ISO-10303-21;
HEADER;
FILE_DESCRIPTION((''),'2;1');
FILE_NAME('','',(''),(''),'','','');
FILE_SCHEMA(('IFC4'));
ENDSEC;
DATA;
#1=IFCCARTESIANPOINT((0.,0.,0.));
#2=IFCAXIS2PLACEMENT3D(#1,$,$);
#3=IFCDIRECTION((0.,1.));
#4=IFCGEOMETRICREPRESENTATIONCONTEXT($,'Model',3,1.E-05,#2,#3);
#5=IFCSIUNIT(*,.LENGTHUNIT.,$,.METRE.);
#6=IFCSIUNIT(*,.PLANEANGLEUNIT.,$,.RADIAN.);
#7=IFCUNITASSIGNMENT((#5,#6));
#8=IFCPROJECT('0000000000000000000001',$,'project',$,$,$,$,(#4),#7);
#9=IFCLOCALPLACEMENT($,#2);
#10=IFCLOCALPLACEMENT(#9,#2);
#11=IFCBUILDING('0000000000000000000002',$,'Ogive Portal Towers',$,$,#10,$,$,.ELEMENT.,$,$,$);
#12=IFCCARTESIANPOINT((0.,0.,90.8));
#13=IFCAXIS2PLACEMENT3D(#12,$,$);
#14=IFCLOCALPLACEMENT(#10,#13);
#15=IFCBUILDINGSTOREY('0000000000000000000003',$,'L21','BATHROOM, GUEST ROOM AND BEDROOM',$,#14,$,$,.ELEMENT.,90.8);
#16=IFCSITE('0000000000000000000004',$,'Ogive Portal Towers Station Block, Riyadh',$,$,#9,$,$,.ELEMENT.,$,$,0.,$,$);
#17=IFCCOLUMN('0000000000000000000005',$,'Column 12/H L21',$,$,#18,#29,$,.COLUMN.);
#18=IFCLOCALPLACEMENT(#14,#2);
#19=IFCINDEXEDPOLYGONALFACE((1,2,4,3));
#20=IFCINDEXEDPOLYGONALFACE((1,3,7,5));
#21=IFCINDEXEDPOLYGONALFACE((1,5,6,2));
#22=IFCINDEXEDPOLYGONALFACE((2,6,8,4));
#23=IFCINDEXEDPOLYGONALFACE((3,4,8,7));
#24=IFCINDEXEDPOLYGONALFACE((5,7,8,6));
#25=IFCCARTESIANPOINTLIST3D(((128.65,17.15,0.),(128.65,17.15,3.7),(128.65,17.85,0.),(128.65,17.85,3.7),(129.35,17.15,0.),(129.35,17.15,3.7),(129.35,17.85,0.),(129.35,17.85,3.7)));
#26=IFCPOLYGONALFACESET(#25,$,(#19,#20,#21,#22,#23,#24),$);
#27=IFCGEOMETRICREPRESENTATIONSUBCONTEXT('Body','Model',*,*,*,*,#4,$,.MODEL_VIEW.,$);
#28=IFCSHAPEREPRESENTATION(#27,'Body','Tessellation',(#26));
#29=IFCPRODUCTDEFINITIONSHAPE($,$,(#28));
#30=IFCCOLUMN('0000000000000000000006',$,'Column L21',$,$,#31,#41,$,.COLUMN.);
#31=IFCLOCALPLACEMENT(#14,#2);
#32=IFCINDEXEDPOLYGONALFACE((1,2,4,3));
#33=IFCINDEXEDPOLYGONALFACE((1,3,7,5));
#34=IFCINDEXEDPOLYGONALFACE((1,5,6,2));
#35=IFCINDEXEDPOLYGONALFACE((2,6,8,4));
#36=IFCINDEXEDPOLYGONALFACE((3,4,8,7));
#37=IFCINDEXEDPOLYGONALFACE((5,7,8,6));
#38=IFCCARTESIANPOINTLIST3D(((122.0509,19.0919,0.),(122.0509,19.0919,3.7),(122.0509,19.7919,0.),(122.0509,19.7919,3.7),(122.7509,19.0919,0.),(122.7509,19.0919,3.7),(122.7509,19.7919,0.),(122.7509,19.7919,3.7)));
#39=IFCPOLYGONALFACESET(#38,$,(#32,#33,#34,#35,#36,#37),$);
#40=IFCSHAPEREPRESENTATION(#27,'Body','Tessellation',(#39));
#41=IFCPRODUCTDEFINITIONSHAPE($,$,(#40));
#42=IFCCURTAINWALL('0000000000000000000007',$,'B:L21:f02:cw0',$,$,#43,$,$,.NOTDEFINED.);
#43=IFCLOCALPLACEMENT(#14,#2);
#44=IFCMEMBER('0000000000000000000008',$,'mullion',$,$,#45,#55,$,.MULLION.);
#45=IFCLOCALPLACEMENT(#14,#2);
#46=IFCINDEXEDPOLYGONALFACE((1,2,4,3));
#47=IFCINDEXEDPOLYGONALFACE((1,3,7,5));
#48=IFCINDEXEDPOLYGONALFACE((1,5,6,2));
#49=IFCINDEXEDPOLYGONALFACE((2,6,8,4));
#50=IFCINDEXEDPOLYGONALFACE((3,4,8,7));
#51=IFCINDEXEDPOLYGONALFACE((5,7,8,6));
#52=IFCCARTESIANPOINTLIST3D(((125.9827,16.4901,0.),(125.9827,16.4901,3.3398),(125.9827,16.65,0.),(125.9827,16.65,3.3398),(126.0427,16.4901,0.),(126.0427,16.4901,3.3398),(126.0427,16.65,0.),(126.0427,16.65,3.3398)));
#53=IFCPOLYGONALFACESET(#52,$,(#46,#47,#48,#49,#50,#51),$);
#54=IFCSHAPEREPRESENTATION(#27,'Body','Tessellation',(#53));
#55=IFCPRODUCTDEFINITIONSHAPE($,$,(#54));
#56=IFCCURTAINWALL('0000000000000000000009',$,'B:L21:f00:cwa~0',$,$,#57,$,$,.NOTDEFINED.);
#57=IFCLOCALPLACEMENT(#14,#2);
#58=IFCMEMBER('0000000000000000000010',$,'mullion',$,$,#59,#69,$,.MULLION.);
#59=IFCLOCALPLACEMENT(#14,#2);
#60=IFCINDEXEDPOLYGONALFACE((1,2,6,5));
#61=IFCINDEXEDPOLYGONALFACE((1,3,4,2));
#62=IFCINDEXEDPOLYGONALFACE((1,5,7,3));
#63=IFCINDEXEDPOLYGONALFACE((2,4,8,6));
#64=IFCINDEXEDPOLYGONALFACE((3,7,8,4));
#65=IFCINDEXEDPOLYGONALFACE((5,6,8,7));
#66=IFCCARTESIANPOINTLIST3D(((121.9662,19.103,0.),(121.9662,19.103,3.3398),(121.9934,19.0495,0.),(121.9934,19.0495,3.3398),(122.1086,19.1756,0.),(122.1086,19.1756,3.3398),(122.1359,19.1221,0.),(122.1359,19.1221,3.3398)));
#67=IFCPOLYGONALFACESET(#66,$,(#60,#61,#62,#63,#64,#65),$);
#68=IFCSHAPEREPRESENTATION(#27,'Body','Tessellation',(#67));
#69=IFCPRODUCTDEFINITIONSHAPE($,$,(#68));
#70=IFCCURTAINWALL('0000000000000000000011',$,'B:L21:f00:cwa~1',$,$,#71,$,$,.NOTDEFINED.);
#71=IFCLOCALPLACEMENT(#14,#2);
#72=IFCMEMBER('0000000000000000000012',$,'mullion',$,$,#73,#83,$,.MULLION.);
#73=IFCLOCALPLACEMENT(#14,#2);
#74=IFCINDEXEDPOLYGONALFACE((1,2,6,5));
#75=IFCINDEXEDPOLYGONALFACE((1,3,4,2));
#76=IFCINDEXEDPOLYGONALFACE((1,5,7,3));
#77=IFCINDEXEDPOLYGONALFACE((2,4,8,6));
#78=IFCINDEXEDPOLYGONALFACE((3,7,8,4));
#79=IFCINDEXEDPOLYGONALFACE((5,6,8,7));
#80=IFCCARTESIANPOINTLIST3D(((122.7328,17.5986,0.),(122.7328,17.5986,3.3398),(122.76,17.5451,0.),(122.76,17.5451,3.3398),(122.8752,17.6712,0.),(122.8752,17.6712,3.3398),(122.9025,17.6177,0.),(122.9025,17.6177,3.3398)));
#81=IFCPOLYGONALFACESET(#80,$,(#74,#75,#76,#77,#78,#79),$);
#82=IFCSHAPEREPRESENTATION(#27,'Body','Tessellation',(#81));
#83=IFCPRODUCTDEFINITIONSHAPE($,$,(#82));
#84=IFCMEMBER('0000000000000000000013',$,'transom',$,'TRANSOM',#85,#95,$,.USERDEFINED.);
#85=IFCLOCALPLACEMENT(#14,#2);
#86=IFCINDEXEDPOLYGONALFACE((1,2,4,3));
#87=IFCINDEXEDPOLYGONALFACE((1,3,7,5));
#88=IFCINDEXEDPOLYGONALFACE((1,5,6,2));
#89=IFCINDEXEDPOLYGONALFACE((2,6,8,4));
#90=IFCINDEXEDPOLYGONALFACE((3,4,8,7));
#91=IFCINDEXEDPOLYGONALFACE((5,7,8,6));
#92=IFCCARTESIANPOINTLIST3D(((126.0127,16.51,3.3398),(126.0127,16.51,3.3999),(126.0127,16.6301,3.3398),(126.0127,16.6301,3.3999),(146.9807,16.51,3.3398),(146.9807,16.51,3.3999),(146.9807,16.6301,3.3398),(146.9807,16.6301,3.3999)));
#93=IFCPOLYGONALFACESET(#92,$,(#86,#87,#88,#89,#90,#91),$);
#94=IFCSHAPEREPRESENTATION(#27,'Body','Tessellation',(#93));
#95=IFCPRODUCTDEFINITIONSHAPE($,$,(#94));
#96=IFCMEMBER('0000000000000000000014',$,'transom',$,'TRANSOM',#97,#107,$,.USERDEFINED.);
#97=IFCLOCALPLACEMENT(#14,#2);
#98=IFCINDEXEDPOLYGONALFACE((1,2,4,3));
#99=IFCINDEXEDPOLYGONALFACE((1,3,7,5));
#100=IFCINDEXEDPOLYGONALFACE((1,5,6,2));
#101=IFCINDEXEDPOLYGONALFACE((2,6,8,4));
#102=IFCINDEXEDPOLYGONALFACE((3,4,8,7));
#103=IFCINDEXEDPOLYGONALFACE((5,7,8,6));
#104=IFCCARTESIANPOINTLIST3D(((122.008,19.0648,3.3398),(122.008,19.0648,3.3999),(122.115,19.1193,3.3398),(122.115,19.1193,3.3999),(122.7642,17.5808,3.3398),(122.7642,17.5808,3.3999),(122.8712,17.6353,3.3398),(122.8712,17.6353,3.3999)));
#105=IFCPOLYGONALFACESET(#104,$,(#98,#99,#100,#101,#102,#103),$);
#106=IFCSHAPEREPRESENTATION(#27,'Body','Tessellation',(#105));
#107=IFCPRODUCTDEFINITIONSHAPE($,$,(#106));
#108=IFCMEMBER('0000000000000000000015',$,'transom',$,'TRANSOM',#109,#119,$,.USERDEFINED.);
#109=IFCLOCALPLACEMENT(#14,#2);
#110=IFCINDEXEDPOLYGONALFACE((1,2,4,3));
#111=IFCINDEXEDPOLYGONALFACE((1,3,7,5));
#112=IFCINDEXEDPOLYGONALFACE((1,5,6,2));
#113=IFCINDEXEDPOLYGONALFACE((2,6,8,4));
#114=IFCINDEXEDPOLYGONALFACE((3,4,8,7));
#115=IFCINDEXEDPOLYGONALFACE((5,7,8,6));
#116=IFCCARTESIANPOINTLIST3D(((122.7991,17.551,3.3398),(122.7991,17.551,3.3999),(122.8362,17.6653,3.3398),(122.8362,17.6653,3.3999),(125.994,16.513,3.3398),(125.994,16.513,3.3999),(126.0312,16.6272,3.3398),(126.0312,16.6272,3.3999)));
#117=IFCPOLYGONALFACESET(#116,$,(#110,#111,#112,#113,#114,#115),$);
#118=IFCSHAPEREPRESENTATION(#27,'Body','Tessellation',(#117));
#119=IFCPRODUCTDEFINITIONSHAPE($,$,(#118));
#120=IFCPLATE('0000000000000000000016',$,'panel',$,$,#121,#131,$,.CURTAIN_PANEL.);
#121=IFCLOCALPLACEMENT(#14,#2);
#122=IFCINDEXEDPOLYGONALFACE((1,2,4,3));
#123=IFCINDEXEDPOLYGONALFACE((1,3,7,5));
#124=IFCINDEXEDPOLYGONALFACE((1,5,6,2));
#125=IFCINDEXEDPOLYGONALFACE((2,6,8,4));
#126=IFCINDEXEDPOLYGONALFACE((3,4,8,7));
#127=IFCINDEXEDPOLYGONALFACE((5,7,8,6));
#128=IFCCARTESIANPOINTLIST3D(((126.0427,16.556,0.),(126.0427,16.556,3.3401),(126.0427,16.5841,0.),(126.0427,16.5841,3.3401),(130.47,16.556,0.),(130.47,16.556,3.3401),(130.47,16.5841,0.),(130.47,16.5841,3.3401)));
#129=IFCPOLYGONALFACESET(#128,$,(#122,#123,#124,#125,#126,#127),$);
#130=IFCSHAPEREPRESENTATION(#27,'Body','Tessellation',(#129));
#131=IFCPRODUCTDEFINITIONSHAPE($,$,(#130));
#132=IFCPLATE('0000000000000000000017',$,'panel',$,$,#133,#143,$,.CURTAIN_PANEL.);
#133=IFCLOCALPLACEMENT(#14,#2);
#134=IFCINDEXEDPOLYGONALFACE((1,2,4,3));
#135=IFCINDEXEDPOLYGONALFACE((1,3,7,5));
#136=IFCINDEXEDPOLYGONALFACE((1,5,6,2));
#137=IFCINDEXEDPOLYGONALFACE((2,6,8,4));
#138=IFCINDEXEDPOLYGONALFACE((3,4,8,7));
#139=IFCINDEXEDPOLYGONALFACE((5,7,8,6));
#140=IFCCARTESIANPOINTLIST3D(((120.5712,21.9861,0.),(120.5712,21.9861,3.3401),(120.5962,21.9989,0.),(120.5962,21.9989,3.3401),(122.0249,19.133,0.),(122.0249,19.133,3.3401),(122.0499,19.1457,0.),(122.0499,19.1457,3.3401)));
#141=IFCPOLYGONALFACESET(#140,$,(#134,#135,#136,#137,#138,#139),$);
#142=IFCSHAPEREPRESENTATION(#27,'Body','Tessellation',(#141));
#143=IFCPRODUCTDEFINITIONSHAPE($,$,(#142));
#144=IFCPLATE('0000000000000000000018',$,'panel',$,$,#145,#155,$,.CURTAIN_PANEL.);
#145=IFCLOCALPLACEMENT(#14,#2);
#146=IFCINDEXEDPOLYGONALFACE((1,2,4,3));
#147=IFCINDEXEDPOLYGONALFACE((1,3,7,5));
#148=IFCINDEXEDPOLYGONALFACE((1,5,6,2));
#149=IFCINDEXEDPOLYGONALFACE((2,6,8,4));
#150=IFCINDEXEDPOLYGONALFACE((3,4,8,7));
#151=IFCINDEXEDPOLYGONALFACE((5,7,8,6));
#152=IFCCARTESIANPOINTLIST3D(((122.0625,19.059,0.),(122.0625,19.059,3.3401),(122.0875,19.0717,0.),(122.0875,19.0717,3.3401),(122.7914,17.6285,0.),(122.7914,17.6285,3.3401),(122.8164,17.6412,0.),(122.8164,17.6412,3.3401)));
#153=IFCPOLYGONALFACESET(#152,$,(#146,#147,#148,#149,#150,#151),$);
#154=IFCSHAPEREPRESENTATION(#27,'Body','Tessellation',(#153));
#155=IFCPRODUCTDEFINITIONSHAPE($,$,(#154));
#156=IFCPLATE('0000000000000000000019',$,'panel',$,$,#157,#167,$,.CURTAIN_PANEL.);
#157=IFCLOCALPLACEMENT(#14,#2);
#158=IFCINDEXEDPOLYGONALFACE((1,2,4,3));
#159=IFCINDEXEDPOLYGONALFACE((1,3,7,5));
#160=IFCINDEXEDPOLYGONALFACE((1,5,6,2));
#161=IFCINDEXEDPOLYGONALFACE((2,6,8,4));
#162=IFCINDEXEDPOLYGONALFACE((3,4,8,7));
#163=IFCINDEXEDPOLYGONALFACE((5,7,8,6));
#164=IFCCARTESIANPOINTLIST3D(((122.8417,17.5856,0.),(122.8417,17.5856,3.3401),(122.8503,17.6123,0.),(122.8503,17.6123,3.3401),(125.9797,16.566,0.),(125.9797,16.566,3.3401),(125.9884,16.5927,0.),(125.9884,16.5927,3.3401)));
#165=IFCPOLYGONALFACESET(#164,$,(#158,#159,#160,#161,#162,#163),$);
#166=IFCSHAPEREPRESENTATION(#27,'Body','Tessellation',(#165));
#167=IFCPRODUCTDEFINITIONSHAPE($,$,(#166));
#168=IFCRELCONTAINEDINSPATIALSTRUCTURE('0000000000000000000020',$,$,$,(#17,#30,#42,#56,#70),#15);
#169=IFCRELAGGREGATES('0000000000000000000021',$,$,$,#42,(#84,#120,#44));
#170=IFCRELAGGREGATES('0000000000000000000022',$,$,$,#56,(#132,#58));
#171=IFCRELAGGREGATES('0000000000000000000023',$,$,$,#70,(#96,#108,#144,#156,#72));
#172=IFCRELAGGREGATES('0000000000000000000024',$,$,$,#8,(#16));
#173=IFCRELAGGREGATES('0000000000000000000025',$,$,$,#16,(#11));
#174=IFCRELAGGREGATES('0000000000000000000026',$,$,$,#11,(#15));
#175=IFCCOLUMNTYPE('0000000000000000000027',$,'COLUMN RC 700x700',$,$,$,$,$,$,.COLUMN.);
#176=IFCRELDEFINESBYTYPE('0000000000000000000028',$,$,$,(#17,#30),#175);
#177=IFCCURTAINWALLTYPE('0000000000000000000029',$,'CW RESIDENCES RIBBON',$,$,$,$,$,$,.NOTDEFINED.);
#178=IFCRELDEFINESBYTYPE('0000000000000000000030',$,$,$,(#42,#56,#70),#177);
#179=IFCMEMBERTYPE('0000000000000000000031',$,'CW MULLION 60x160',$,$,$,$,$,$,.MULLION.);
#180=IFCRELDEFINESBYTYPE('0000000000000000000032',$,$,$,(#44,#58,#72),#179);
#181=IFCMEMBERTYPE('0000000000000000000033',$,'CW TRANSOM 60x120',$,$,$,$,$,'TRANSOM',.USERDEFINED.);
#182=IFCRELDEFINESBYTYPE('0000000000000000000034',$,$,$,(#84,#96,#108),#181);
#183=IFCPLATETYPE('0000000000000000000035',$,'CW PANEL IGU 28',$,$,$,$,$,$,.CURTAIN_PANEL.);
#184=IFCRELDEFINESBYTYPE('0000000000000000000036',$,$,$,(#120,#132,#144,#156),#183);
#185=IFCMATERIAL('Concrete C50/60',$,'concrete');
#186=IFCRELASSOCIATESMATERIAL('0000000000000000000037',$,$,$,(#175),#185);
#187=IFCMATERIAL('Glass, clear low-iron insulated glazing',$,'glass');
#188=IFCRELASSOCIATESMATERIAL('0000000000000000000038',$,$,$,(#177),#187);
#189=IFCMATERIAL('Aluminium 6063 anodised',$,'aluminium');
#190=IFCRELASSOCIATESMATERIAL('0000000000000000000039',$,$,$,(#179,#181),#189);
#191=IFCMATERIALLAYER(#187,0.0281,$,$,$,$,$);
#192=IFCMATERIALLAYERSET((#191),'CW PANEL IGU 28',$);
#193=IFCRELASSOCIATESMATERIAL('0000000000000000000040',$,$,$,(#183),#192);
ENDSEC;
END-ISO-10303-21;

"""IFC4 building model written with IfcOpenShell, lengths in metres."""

from ifc_helpers import new_model, si_unit, direction, frame, origin, origin_2d, place, context, subcontext, project, spatial, rectangle, extrude, material, layer, layer_set, material_profile, profile_set, type_object, element, aggregate, save


model = new_model("IFC4")

# Units and contexts
model_context = context("Model", 3, precision=1e-05, world=origin(), true_north=direction((0.0, 1.0)))
body_context = subcontext(model_context, "Body", "Model", "MODEL_VIEW")
ifc_project = project(units=[si_unit("LENGTHUNIT", "METRE"), si_unit("PLANEANGLEUNIT", "RADIAN")], contexts=[model_context])

# Site, building, storey
site_placement = place(None, origin())
site = spatial("IfcSite", under=ifc_project, at=site_placement, Name="Ogive Portal Towers Station Block, Riyadh", CompositionType="ELEMENT", RefElevation=0.0)
building_placement = place(site_placement, origin())
building = spatial("IfcBuilding", under=site, at=building_placement, Name="Ogive Portal Towers", CompositionType="ELEMENT")
storey_placement = place(building_placement, frame((0.0, 0.0, 90.8)))
storey = spatial("IfcBuildingStorey", under=building, at=storey_placement, Name="L21", Description="BATHROOM, GUEST ROOM AND BEDROOM", CompositionType="ELEMENT", Elevation=90.8)

# Columns
ifc_material_1 = material(Name="Concrete C50/60", Category="concrete")
ifc_material_profile_1 = material_profile(ifc_material_1, rectangle(XDim=0.7, YDim=0.7, at=origin_2d()), Name="RC 700x700")
ifc_profile_set_1 = profile_set([ifc_material_profile_1], Name="Concrete C50/60")
column_type = type_object("IfcColumnType", Name="COLUMN RC 700x700", PredefinedType="COLUMN", material=ifc_profile_set_1)
for number, where, z_axis, x_axis, name in (
    (1, (129.0, 17.5, 0.0), (0.0, 0.0, 1.0), (1.0, 0.0, 0.0), "Column 12/H L21"),
    (2, (122.4009, 19.4419, 0.0), (0.0, 0.0, 1.0), (1.0, 0.0, 0.0), "Column L21"),
):
    element("IfcColumn", number, at=place(storey_placement, frame(where, z_axis=z_axis, x_axis=x_axis)), inside=storey, type_object=column_type, Name=name, PredefinedType="COLUMN", context=body_context, shape_type="SweptSolid", body=[
        extrude(rectangle(XDim=0.7, YDim=0.7, at=origin_2d()), origin(), (0.0, 0.0, 1.0), 3.7),
    ])

# Curtain walls, members
ifc_material_2 = material(Name="Glass, clear low-iron insulated glazing", Category="glass")
curtain_wall_type = type_object("IfcCurtainWallType", Name="CW RESIDENCES RIBBON", PredefinedType="NOTDEFINED", material=ifc_material_2)
curtain_wall_1_placement = place(storey_placement, origin())
curtain_wall_1 = element("IfcCurtainWall", 3, at=curtain_wall_1_placement, inside=storey, type_object=curtain_wall_type, Name="B:L21:f02:cw0", PredefinedType="NOTDEFINED")
ifc_material_3 = material(Name="Aluminium 6063 anodised", Category="aluminium")
ifc_material_profile_2 = material_profile(ifc_material_3, rectangle(XDim=0.1599, YDim=0.0601, at=origin_2d()), Name="AL 60x160")
ifc_profile_set_2 = profile_set([ifc_material_profile_2], Name="Aluminium 6063 anodised")
member_type_1 = type_object("IfcMemberType", Name="CW MULLION 60x160", PredefinedType="MULLION", material=ifc_profile_set_2)
member_1_placement = place(storey_placement, frame((126.0127, 16.5701, 0.0), z_axis=(0.0, 0.0, 1.0), x_axis=(0.0, 1.0, 0.0)))
member_1 = element("IfcMember", 4, at=member_1_placement, type_object=member_type_1, Name="mullion", PredefinedType="MULLION", context=body_context, shape_type="SweptSolid", body=[
    extrude(rectangle(XDim=0.1599, YDim=0.0601, at=origin_2d()), origin(), (0.0, 0.0, 1.0), 3.3398),
])
curtain_wall_2_placement = place(storey_placement, origin())
curtain_wall_2 = element("IfcCurtainWall", 5, at=curtain_wall_2_placement, inside=storey, type_object=curtain_wall_type, Name="B:L21:f00:cwa~0", PredefinedType="NOTDEFINED")
member_2_placement = place(storey_placement, frame((122.051, 19.1125, 0.0), z_axis=(0.0, 0.0, 1.0), x_axis=(0.891007, 0.45399, 0.0)))
member_2 = element("IfcMember", 6, at=member_2_placement, type_object=member_type_1, Name="mullion", PredefinedType="MULLION", context=body_context, shape_type="SweptSolid", body=[
    extrude(rectangle(XDim=0.1599, YDim=0.0601, at=origin_2d()), origin(), (0.0, 0.0, 1.0), 3.3398),
])
curtain_wall_3_placement = place(storey_placement, origin())
curtain_wall_3 = element("IfcCurtainWall", 7, at=curtain_wall_3_placement, inside=storey, type_object=curtain_wall_type, Name="B:L21:f00:cwa~1", PredefinedType="NOTDEFINED")
member_3_placement = place(storey_placement, frame((122.8176, 17.6082, 0.0), z_axis=(0.0, 0.0, 1.0), x_axis=(0.891007, 0.45399, 0.0)))
member_3 = element("IfcMember", 8, at=member_3_placement, type_object=member_type_1, Name="mullion", PredefinedType="MULLION", context=body_context, shape_type="SweptSolid", body=[
    extrude(rectangle(XDim=0.1599, YDim=0.0601, at=origin_2d()), origin(), (0.0, 0.0, 1.0), 3.3398),
])

# Members
ifc_material_profile_3 = material_profile(ifc_material_3, rectangle(XDim=0.1201, YDim=0.0601, at=origin_2d()), Name="AL 120x60")
ifc_profile_set_3 = profile_set([ifc_material_profile_3], Name="Aluminium 6063 anodised")
member_type_2 = type_object("IfcMemberType", Name="CW TRANSOM 60x120", ElementType="TRANSOM", PredefinedType="USERDEFINED", material=ifc_profile_set_3)
member_4_placement = place(storey_placement, frame((126.0127, 16.5701, 3.3699), z_axis=(1.0, 0.0, 0.0), x_axis=(0.0, 1.0, 0.0)))
member_4 = element("IfcMember", 9, at=member_4_placement, type_object=member_type_2, Name="transom", ObjectType="TRANSOM", PredefinedType="USERDEFINED", context=body_context, shape_type="SweptSolid", body=[
    extrude(rectangle(XDim=0.1201, YDim=0.0601, at=origin_2d()), origin(), (0.0, 0.0, 1.0), 20.968),
])
member_5_placement = place(storey_placement, frame((122.0615, 19.092, 3.3699), z_axis=(0.454003, -0.891, 0.0), x_axis=(0.891, 0.454003, 0.0)))
member_5 = element("IfcMember", 10, at=member_5_placement, type_object=member_type_2, Name="transom", ObjectType="TRANSOM", PredefinedType="USERDEFINED", context=body_context, shape_type="SweptSolid", body=[
    extrude(rectangle(XDim=0.1201, YDim=0.0601, at=origin_2d()), origin(), (0.0, 0.0, 1.0), 1.6655),
])
member_6_placement = place(storey_placement, frame((122.8176, 17.6082, 3.3699), z_axis=(0.951061, -0.309002, 0.0), x_axis=(0.309002, 0.951061, 0.0)))
member_6 = element("IfcMember", 11, at=member_6_placement, type_object=member_type_2, Name="transom", ObjectType="TRANSOM", PredefinedType="USERDEFINED", context=body_context, shape_type="SweptSolid", body=[
    extrude(rectangle(XDim=0.1201, YDim=0.0601, at=origin_2d()), origin(), (0.0, 0.0, 1.0), 3.3594),
])

# Plates
ifc_layer_1 = layer(ifc_material_2, 0.0281)
ifc_layer_set_1 = layer_set([ifc_layer_1], Name="CW PANEL IGU 28")
plate_type = type_object("IfcPlateType", Name="CW PANEL IGU 28", PredefinedType="CURTAIN_PANEL", material=ifc_layer_set_1)
plate_1_placement = place(storey_placement, frame((128.2563, 16.5701, 0.0), z_axis=(0.0, 0.0, 1.0), x_axis=(1.0, 0.0, 0.0)))
plate_1 = element("IfcPlate", 12, at=plate_1_placement, type_object=plate_type, Name="panel", PredefinedType="CURTAIN_PANEL", context=body_context, shape_type="SweptSolid", body=[
    extrude(rectangle(XDim=4.4272, YDim=0.0281, at=origin_2d()), origin(), (0.0, 0.0, 1.0), 3.3401),
])
aggregate(curtain_wall_1, [member_4, plate_1, member_1])
plate_2_placement = place(storey_placement, frame((121.3105, 20.5659, 0.0), z_axis=(0.0, 0.0, 1.0), x_axis=(0.45399, -0.891007, 0.0)))
plate_2 = element("IfcPlate", 13, at=plate_2_placement, type_object=plate_type, Name="panel", PredefinedType="CURTAIN_PANEL", context=body_context, shape_type="SweptSolid", body=[
    extrude(rectangle(XDim=3.2021, YDim=0.0281, at=origin_2d()), origin(), (0.0, 0.0, 1.0), 3.3401),
])
aggregate(curtain_wall_2, [plate_2, member_2])
plate_3_placement = place(storey_placement, frame((122.4395, 18.3501, 0.0), z_axis=(0.0, 0.0, 1.0), x_axis=(0.45399, -0.891007, 0.0)))
plate_3 = element("IfcPlate", 14, at=plate_3_placement, type_object=plate_type, Name="panel", PredefinedType="CURTAIN_PANEL", context=body_context, shape_type="SweptSolid", body=[
    extrude(rectangle(XDim=1.6055, YDim=0.0281, at=origin_2d()), origin(), (0.0, 0.0, 1.0), 3.3401),
])
plate_4_placement = place(storey_placement, frame((124.415, 17.0891, 0.0), z_axis=(0.0, 0.0, 1.0), x_axis=(0.951057, -0.309017, 0.0)))
plate_4 = element("IfcPlate", 15, at=plate_4_placement, type_object=plate_type, Name="panel", PredefinedType="CURTAIN_PANEL", context=body_context, shape_type="SweptSolid", body=[
    extrude(rectangle(XDim=3.2996, YDim=0.0281, at=origin_2d()), origin(), (0.0, 0.0, 1.0), 3.3401),
])
aggregate(curtain_wall_3, [member_5, member_6, plate_3, plate_4, member_3])

save(model, "model.ifc")
